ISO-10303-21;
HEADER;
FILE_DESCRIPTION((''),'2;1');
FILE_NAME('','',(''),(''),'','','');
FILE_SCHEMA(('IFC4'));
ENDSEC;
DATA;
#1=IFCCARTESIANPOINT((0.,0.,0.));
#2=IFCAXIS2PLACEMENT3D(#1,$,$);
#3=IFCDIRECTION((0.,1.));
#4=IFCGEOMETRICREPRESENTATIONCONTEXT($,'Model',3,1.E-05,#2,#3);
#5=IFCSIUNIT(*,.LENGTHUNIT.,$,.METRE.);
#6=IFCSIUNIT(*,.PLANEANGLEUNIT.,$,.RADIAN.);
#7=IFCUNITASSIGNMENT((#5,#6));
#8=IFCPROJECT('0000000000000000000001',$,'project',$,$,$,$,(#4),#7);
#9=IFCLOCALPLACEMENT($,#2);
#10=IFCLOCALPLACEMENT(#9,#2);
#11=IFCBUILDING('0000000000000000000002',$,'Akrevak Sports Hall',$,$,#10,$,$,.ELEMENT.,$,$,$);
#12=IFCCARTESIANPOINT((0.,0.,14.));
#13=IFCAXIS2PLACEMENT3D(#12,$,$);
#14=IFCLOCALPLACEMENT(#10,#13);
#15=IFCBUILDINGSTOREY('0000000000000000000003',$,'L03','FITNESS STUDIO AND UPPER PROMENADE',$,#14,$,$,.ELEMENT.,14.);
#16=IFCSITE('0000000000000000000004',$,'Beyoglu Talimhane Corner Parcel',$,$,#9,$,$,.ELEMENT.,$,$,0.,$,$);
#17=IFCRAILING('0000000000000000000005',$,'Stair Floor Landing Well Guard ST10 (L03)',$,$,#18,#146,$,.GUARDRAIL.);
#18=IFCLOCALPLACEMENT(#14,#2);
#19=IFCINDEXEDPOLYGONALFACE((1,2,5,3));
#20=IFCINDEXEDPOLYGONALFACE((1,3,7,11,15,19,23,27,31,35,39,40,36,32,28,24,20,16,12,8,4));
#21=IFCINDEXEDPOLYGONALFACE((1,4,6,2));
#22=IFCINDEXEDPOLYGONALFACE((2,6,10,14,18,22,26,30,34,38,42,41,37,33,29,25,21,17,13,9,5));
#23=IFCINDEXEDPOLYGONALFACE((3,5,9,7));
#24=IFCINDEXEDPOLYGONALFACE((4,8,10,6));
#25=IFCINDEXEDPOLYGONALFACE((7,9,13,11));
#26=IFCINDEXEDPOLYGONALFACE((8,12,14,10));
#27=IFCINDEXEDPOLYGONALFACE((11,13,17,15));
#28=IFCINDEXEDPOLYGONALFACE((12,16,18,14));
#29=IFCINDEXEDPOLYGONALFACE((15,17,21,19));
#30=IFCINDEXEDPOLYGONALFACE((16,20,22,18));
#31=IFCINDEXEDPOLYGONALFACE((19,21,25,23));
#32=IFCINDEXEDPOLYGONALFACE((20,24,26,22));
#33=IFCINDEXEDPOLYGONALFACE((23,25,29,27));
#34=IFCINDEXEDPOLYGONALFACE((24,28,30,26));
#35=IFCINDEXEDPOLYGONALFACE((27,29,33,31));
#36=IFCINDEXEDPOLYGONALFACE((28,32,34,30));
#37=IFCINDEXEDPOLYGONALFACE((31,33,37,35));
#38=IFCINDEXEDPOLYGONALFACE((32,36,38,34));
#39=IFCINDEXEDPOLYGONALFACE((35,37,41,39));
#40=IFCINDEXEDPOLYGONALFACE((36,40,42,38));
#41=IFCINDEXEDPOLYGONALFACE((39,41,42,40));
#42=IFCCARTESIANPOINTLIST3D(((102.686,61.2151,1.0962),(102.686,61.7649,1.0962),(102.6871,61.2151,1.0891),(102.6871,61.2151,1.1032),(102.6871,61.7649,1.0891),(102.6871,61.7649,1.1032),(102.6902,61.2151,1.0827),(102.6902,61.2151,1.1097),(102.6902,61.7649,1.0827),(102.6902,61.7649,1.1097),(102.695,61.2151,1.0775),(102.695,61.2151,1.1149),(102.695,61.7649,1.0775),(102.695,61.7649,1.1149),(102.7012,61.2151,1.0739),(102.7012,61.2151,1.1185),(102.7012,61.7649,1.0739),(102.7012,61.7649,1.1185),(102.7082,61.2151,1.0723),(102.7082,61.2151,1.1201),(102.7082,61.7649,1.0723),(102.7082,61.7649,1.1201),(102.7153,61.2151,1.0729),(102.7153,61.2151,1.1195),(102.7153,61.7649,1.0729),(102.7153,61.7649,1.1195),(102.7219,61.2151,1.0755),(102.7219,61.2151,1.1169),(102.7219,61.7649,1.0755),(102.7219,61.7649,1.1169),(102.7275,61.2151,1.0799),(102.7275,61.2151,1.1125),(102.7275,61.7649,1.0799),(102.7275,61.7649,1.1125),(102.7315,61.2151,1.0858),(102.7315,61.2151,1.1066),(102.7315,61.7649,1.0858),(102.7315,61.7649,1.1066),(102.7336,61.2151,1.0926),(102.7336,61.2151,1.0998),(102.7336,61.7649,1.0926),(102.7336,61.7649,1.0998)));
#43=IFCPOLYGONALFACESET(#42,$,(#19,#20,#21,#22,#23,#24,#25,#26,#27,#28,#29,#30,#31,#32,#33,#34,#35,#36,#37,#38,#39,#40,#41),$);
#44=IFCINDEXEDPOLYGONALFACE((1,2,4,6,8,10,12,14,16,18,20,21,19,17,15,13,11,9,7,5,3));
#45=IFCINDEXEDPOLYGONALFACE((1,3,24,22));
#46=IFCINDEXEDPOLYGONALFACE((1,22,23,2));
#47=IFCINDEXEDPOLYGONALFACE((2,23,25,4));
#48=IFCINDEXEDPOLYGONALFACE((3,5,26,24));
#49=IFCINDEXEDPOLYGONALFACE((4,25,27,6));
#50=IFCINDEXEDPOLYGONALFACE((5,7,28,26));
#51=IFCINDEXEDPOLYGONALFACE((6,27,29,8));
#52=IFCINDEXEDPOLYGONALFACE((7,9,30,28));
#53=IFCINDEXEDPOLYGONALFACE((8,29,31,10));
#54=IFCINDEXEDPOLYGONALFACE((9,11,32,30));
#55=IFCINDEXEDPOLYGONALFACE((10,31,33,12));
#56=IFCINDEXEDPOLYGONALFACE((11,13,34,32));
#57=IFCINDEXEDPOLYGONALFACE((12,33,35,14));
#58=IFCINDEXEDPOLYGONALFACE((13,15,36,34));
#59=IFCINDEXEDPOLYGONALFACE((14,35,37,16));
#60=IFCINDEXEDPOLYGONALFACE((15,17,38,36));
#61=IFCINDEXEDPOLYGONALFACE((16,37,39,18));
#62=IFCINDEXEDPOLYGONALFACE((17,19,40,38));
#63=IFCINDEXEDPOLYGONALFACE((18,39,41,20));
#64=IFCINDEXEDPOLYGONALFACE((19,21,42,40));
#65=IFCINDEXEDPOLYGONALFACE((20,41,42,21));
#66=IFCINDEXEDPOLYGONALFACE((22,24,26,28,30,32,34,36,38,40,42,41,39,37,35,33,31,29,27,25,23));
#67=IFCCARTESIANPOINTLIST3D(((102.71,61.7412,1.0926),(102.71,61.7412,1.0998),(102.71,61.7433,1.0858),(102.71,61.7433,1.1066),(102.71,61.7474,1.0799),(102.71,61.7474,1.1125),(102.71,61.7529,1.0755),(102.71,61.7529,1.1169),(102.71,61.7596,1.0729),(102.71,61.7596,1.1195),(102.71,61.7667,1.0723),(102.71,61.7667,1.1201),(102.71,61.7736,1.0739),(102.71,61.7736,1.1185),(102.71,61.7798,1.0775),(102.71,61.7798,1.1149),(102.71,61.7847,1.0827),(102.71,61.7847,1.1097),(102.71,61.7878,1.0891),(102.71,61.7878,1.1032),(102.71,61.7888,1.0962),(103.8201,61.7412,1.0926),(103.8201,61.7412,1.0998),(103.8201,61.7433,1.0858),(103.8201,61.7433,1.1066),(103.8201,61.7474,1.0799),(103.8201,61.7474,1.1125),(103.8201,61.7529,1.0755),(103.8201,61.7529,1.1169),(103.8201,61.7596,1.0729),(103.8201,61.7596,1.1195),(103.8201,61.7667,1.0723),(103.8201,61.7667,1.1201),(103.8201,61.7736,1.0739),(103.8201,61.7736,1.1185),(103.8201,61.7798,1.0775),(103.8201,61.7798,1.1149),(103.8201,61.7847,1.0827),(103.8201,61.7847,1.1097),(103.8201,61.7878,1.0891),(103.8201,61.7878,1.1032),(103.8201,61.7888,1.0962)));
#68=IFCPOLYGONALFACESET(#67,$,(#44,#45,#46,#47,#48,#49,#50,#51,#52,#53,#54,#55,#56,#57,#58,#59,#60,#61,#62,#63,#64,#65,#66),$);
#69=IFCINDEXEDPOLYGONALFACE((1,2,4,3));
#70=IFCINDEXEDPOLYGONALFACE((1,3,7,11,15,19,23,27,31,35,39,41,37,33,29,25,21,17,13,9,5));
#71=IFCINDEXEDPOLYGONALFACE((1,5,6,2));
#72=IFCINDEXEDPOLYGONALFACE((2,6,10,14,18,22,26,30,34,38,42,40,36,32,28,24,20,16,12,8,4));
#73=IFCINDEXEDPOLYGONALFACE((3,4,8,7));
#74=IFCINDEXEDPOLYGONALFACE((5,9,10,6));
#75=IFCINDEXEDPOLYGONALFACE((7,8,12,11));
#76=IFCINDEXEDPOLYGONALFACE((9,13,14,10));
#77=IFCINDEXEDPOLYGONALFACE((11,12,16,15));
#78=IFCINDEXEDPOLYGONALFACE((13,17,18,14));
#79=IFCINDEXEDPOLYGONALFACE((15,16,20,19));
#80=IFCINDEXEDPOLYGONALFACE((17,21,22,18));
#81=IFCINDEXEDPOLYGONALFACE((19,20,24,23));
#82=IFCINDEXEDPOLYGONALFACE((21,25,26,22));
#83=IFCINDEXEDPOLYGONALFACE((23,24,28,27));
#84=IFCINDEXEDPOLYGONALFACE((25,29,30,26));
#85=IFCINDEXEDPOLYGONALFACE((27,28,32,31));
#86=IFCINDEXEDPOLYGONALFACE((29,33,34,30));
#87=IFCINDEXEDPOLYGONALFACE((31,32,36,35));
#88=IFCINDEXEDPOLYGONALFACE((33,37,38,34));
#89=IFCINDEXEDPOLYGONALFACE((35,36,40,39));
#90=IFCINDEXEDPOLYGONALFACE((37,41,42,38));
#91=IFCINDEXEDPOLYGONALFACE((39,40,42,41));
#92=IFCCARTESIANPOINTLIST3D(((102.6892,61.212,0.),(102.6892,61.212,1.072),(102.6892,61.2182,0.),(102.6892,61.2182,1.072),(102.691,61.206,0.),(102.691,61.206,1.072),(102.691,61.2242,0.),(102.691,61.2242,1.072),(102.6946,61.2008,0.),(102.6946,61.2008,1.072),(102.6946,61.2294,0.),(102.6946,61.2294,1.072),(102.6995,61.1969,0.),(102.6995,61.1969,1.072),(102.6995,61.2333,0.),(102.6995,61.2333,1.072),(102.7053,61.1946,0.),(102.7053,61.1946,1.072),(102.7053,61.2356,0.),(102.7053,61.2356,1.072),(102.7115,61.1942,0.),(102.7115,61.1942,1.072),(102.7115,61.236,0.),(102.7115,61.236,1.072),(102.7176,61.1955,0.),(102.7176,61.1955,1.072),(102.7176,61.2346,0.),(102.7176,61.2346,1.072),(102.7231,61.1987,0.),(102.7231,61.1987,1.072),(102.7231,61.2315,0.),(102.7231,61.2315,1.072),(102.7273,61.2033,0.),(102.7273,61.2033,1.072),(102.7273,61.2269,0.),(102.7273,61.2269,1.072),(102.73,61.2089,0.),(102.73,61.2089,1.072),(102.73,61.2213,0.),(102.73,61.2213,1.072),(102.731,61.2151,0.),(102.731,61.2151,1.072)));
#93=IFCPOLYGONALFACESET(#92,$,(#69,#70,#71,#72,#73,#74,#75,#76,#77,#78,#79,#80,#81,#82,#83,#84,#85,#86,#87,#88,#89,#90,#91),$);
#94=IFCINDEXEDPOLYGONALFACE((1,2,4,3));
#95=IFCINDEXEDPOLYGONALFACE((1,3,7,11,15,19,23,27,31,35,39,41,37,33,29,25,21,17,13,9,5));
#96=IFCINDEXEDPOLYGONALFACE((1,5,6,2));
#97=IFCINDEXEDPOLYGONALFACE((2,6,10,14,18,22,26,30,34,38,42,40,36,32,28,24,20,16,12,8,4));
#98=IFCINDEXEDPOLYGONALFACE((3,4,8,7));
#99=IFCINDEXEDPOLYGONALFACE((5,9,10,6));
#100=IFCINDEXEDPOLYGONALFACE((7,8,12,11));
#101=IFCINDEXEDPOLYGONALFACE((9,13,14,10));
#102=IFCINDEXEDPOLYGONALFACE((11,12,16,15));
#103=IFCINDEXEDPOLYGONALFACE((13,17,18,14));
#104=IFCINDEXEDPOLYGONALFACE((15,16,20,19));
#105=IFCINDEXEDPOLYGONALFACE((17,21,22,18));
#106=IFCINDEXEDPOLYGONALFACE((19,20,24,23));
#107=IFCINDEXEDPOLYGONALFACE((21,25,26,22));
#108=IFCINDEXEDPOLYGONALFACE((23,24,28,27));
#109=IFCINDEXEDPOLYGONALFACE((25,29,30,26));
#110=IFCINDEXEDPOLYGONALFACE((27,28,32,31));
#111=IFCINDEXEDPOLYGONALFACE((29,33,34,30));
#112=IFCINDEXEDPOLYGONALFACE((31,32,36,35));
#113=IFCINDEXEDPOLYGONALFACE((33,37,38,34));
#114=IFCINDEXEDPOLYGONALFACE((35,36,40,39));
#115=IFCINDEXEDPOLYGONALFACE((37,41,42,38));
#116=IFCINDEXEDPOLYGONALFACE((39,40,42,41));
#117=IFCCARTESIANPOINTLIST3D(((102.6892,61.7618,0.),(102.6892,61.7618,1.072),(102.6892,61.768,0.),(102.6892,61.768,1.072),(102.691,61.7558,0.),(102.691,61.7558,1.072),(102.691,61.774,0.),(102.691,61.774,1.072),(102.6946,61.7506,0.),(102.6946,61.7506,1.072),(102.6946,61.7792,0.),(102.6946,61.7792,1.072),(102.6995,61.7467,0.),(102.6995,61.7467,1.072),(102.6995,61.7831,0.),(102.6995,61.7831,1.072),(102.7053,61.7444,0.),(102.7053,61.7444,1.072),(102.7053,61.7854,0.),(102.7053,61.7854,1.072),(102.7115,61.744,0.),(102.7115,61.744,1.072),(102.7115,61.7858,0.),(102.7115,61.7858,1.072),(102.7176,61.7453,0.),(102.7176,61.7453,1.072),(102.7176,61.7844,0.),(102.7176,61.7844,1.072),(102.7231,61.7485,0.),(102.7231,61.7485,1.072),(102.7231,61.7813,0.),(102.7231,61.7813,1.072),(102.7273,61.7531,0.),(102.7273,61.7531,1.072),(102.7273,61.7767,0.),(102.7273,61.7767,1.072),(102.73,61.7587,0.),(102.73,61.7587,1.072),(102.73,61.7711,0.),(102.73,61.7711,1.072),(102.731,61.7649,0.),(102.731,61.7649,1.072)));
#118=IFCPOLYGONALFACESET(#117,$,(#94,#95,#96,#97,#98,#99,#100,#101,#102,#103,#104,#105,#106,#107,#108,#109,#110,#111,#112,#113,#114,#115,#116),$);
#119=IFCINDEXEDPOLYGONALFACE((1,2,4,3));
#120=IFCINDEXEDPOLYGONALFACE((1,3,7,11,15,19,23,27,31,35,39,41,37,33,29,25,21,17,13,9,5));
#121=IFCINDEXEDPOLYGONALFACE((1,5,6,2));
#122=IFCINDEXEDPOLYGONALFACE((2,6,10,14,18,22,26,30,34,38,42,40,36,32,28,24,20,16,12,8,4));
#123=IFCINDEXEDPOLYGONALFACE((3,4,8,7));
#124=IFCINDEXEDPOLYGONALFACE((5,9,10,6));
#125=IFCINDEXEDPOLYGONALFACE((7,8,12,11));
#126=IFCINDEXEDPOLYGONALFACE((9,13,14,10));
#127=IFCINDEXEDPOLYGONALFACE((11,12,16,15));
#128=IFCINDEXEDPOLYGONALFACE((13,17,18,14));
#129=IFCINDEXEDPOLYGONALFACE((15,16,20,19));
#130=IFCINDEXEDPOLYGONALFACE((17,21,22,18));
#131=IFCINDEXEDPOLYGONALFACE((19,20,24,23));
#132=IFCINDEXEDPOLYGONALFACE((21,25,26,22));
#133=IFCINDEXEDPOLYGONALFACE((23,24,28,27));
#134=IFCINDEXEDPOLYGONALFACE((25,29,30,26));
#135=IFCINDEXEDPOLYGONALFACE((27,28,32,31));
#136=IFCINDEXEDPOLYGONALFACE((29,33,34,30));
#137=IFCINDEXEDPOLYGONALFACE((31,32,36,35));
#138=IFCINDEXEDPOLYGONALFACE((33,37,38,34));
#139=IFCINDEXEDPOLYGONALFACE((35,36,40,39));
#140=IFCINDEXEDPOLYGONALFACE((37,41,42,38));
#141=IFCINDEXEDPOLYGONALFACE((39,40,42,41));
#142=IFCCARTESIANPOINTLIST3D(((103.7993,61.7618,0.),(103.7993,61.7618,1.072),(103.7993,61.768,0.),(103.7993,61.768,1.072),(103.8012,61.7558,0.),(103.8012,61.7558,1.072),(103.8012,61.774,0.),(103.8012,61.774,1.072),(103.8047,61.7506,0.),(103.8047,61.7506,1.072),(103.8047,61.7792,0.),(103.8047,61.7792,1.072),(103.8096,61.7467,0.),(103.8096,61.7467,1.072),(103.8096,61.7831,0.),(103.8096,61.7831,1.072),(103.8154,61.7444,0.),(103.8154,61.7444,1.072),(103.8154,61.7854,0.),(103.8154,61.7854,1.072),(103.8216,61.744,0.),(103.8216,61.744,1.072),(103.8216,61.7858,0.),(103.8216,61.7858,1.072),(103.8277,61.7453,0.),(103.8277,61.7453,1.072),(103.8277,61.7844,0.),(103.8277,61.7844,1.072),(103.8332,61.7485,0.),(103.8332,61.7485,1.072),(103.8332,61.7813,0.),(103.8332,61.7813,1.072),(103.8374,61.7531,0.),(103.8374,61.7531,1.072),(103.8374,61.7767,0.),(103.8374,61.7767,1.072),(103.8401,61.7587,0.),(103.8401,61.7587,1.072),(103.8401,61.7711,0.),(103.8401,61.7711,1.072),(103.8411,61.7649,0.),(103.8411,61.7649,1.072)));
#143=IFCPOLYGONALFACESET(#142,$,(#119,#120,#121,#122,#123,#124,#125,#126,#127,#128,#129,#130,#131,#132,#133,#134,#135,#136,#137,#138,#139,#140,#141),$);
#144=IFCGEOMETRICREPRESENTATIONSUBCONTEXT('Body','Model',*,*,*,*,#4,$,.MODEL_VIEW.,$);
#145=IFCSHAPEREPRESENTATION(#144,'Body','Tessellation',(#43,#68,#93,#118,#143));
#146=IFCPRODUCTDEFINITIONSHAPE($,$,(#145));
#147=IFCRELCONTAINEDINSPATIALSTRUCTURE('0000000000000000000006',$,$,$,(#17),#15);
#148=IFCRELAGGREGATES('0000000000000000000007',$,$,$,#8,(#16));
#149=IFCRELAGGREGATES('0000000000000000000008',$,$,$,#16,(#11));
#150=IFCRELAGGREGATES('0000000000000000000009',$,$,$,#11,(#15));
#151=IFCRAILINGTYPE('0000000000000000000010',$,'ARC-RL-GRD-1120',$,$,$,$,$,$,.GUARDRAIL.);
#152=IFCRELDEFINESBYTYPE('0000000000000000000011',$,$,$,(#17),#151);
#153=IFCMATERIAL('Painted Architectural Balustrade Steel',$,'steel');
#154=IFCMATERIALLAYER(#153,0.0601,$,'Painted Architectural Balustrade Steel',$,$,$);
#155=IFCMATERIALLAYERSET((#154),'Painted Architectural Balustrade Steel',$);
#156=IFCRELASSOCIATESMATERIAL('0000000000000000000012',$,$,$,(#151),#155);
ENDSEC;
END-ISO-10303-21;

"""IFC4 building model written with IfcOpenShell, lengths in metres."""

from ifc_helpers import new_model, si_unit, direction, frame, origin, origin_2d, place, context, subcontext, project, spatial, circle, extrude, material, layer, layer_set, type_object, element, save


model = new_model("IFC4")

# Units and contexts
model_context = context("Model", 3, precision=1e-05, world=origin(), true_north=direction((0.0, 1.0)))
body_context = subcontext(model_context, "Body", "Model", "MODEL_VIEW")
ifc_project = project(units=[si_unit("LENGTHUNIT", "METRE"), si_unit("PLANEANGLEUNIT", "RADIAN")], contexts=[model_context])

# Site, building, storey
site_placement = place(None, origin())
site = spatial("IfcSite", under=ifc_project, at=site_placement, Name="Beyoglu Talimhane Corner Parcel", CompositionType="ELEMENT", RefElevation=0.0)
building_placement = place(site_placement, origin())
building = spatial("IfcBuilding", under=site, at=building_placement, Name="Akrevak Sports Hall", CompositionType="ELEMENT")
storey_placement = place(building_placement, frame((0.0, 0.0, 14.0)))
storey = spatial("IfcBuildingStorey", under=building, at=storey_placement, Name="L03", Description="FITNESS STUDIO AND UPPER PROMENADE", CompositionType="ELEMENT", Elevation=14.0)

# Railing
ifc_material_1 = material(Name="Painted Architectural Balustrade Steel", Category="steel")
ifc_layer_1 = layer(ifc_material_1, 0.0601, Name="Painted Architectural Balustrade Steel")
ifc_layer_set_1 = layer_set([ifc_layer_1], Name="Painted Architectural Balustrade Steel")
railing_type_1 = type_object("IfcRailingType", Name="ARC-RL-GRD-1120", PredefinedType="GUARDRAIL", material=ifc_layer_set_1)
railing_1_placement = place(storey_placement, frame((102.71, 61.2151, 0.0)))
element("IfcRailing", 1, at=railing_1_placement, inside=storey, type_object=railing_type_1, Name="Stair Floor Landing Well Guard ST10 (L03)", PredefinedType="GUARDRAIL", context=body_context, shape_type="SweptSolid", body=[
    extrude(circle(Radius=0.0239, at=origin_2d()), frame((0.0, 0.0, 1.0962), z_axis=(0.0, 1.0, 0.0), x_axis=(-1.0, 0.0, 0.0)), (0.0, 0.0, 1.0), 0.5498),
    extrude(circle(Radius=0.0239, at=origin_2d()), frame((0.0, 0.5498, 1.0962), z_axis=(1.0, 0.0, 0.0), x_axis=(0.0, 1.0, 0.0)), (0.0, 0.0, 1.0), 1.1101),
    extrude(circle(Radius=0.021, at=origin_2d()), origin(), (0.0, 0.0, 1.0), 1.072),
    extrude(circle(Radius=0.021, at=origin_2d()), frame((0.0, 0.5498, 0.0)), (0.0, 0.0, 1.0), 1.072),
    extrude(circle(Radius=0.021, at=origin_2d()), frame((1.1101, 0.5498, 0.0)), (0.0, 0.0, 1.0), 1.072),
])

save(model, "model.ifc")
